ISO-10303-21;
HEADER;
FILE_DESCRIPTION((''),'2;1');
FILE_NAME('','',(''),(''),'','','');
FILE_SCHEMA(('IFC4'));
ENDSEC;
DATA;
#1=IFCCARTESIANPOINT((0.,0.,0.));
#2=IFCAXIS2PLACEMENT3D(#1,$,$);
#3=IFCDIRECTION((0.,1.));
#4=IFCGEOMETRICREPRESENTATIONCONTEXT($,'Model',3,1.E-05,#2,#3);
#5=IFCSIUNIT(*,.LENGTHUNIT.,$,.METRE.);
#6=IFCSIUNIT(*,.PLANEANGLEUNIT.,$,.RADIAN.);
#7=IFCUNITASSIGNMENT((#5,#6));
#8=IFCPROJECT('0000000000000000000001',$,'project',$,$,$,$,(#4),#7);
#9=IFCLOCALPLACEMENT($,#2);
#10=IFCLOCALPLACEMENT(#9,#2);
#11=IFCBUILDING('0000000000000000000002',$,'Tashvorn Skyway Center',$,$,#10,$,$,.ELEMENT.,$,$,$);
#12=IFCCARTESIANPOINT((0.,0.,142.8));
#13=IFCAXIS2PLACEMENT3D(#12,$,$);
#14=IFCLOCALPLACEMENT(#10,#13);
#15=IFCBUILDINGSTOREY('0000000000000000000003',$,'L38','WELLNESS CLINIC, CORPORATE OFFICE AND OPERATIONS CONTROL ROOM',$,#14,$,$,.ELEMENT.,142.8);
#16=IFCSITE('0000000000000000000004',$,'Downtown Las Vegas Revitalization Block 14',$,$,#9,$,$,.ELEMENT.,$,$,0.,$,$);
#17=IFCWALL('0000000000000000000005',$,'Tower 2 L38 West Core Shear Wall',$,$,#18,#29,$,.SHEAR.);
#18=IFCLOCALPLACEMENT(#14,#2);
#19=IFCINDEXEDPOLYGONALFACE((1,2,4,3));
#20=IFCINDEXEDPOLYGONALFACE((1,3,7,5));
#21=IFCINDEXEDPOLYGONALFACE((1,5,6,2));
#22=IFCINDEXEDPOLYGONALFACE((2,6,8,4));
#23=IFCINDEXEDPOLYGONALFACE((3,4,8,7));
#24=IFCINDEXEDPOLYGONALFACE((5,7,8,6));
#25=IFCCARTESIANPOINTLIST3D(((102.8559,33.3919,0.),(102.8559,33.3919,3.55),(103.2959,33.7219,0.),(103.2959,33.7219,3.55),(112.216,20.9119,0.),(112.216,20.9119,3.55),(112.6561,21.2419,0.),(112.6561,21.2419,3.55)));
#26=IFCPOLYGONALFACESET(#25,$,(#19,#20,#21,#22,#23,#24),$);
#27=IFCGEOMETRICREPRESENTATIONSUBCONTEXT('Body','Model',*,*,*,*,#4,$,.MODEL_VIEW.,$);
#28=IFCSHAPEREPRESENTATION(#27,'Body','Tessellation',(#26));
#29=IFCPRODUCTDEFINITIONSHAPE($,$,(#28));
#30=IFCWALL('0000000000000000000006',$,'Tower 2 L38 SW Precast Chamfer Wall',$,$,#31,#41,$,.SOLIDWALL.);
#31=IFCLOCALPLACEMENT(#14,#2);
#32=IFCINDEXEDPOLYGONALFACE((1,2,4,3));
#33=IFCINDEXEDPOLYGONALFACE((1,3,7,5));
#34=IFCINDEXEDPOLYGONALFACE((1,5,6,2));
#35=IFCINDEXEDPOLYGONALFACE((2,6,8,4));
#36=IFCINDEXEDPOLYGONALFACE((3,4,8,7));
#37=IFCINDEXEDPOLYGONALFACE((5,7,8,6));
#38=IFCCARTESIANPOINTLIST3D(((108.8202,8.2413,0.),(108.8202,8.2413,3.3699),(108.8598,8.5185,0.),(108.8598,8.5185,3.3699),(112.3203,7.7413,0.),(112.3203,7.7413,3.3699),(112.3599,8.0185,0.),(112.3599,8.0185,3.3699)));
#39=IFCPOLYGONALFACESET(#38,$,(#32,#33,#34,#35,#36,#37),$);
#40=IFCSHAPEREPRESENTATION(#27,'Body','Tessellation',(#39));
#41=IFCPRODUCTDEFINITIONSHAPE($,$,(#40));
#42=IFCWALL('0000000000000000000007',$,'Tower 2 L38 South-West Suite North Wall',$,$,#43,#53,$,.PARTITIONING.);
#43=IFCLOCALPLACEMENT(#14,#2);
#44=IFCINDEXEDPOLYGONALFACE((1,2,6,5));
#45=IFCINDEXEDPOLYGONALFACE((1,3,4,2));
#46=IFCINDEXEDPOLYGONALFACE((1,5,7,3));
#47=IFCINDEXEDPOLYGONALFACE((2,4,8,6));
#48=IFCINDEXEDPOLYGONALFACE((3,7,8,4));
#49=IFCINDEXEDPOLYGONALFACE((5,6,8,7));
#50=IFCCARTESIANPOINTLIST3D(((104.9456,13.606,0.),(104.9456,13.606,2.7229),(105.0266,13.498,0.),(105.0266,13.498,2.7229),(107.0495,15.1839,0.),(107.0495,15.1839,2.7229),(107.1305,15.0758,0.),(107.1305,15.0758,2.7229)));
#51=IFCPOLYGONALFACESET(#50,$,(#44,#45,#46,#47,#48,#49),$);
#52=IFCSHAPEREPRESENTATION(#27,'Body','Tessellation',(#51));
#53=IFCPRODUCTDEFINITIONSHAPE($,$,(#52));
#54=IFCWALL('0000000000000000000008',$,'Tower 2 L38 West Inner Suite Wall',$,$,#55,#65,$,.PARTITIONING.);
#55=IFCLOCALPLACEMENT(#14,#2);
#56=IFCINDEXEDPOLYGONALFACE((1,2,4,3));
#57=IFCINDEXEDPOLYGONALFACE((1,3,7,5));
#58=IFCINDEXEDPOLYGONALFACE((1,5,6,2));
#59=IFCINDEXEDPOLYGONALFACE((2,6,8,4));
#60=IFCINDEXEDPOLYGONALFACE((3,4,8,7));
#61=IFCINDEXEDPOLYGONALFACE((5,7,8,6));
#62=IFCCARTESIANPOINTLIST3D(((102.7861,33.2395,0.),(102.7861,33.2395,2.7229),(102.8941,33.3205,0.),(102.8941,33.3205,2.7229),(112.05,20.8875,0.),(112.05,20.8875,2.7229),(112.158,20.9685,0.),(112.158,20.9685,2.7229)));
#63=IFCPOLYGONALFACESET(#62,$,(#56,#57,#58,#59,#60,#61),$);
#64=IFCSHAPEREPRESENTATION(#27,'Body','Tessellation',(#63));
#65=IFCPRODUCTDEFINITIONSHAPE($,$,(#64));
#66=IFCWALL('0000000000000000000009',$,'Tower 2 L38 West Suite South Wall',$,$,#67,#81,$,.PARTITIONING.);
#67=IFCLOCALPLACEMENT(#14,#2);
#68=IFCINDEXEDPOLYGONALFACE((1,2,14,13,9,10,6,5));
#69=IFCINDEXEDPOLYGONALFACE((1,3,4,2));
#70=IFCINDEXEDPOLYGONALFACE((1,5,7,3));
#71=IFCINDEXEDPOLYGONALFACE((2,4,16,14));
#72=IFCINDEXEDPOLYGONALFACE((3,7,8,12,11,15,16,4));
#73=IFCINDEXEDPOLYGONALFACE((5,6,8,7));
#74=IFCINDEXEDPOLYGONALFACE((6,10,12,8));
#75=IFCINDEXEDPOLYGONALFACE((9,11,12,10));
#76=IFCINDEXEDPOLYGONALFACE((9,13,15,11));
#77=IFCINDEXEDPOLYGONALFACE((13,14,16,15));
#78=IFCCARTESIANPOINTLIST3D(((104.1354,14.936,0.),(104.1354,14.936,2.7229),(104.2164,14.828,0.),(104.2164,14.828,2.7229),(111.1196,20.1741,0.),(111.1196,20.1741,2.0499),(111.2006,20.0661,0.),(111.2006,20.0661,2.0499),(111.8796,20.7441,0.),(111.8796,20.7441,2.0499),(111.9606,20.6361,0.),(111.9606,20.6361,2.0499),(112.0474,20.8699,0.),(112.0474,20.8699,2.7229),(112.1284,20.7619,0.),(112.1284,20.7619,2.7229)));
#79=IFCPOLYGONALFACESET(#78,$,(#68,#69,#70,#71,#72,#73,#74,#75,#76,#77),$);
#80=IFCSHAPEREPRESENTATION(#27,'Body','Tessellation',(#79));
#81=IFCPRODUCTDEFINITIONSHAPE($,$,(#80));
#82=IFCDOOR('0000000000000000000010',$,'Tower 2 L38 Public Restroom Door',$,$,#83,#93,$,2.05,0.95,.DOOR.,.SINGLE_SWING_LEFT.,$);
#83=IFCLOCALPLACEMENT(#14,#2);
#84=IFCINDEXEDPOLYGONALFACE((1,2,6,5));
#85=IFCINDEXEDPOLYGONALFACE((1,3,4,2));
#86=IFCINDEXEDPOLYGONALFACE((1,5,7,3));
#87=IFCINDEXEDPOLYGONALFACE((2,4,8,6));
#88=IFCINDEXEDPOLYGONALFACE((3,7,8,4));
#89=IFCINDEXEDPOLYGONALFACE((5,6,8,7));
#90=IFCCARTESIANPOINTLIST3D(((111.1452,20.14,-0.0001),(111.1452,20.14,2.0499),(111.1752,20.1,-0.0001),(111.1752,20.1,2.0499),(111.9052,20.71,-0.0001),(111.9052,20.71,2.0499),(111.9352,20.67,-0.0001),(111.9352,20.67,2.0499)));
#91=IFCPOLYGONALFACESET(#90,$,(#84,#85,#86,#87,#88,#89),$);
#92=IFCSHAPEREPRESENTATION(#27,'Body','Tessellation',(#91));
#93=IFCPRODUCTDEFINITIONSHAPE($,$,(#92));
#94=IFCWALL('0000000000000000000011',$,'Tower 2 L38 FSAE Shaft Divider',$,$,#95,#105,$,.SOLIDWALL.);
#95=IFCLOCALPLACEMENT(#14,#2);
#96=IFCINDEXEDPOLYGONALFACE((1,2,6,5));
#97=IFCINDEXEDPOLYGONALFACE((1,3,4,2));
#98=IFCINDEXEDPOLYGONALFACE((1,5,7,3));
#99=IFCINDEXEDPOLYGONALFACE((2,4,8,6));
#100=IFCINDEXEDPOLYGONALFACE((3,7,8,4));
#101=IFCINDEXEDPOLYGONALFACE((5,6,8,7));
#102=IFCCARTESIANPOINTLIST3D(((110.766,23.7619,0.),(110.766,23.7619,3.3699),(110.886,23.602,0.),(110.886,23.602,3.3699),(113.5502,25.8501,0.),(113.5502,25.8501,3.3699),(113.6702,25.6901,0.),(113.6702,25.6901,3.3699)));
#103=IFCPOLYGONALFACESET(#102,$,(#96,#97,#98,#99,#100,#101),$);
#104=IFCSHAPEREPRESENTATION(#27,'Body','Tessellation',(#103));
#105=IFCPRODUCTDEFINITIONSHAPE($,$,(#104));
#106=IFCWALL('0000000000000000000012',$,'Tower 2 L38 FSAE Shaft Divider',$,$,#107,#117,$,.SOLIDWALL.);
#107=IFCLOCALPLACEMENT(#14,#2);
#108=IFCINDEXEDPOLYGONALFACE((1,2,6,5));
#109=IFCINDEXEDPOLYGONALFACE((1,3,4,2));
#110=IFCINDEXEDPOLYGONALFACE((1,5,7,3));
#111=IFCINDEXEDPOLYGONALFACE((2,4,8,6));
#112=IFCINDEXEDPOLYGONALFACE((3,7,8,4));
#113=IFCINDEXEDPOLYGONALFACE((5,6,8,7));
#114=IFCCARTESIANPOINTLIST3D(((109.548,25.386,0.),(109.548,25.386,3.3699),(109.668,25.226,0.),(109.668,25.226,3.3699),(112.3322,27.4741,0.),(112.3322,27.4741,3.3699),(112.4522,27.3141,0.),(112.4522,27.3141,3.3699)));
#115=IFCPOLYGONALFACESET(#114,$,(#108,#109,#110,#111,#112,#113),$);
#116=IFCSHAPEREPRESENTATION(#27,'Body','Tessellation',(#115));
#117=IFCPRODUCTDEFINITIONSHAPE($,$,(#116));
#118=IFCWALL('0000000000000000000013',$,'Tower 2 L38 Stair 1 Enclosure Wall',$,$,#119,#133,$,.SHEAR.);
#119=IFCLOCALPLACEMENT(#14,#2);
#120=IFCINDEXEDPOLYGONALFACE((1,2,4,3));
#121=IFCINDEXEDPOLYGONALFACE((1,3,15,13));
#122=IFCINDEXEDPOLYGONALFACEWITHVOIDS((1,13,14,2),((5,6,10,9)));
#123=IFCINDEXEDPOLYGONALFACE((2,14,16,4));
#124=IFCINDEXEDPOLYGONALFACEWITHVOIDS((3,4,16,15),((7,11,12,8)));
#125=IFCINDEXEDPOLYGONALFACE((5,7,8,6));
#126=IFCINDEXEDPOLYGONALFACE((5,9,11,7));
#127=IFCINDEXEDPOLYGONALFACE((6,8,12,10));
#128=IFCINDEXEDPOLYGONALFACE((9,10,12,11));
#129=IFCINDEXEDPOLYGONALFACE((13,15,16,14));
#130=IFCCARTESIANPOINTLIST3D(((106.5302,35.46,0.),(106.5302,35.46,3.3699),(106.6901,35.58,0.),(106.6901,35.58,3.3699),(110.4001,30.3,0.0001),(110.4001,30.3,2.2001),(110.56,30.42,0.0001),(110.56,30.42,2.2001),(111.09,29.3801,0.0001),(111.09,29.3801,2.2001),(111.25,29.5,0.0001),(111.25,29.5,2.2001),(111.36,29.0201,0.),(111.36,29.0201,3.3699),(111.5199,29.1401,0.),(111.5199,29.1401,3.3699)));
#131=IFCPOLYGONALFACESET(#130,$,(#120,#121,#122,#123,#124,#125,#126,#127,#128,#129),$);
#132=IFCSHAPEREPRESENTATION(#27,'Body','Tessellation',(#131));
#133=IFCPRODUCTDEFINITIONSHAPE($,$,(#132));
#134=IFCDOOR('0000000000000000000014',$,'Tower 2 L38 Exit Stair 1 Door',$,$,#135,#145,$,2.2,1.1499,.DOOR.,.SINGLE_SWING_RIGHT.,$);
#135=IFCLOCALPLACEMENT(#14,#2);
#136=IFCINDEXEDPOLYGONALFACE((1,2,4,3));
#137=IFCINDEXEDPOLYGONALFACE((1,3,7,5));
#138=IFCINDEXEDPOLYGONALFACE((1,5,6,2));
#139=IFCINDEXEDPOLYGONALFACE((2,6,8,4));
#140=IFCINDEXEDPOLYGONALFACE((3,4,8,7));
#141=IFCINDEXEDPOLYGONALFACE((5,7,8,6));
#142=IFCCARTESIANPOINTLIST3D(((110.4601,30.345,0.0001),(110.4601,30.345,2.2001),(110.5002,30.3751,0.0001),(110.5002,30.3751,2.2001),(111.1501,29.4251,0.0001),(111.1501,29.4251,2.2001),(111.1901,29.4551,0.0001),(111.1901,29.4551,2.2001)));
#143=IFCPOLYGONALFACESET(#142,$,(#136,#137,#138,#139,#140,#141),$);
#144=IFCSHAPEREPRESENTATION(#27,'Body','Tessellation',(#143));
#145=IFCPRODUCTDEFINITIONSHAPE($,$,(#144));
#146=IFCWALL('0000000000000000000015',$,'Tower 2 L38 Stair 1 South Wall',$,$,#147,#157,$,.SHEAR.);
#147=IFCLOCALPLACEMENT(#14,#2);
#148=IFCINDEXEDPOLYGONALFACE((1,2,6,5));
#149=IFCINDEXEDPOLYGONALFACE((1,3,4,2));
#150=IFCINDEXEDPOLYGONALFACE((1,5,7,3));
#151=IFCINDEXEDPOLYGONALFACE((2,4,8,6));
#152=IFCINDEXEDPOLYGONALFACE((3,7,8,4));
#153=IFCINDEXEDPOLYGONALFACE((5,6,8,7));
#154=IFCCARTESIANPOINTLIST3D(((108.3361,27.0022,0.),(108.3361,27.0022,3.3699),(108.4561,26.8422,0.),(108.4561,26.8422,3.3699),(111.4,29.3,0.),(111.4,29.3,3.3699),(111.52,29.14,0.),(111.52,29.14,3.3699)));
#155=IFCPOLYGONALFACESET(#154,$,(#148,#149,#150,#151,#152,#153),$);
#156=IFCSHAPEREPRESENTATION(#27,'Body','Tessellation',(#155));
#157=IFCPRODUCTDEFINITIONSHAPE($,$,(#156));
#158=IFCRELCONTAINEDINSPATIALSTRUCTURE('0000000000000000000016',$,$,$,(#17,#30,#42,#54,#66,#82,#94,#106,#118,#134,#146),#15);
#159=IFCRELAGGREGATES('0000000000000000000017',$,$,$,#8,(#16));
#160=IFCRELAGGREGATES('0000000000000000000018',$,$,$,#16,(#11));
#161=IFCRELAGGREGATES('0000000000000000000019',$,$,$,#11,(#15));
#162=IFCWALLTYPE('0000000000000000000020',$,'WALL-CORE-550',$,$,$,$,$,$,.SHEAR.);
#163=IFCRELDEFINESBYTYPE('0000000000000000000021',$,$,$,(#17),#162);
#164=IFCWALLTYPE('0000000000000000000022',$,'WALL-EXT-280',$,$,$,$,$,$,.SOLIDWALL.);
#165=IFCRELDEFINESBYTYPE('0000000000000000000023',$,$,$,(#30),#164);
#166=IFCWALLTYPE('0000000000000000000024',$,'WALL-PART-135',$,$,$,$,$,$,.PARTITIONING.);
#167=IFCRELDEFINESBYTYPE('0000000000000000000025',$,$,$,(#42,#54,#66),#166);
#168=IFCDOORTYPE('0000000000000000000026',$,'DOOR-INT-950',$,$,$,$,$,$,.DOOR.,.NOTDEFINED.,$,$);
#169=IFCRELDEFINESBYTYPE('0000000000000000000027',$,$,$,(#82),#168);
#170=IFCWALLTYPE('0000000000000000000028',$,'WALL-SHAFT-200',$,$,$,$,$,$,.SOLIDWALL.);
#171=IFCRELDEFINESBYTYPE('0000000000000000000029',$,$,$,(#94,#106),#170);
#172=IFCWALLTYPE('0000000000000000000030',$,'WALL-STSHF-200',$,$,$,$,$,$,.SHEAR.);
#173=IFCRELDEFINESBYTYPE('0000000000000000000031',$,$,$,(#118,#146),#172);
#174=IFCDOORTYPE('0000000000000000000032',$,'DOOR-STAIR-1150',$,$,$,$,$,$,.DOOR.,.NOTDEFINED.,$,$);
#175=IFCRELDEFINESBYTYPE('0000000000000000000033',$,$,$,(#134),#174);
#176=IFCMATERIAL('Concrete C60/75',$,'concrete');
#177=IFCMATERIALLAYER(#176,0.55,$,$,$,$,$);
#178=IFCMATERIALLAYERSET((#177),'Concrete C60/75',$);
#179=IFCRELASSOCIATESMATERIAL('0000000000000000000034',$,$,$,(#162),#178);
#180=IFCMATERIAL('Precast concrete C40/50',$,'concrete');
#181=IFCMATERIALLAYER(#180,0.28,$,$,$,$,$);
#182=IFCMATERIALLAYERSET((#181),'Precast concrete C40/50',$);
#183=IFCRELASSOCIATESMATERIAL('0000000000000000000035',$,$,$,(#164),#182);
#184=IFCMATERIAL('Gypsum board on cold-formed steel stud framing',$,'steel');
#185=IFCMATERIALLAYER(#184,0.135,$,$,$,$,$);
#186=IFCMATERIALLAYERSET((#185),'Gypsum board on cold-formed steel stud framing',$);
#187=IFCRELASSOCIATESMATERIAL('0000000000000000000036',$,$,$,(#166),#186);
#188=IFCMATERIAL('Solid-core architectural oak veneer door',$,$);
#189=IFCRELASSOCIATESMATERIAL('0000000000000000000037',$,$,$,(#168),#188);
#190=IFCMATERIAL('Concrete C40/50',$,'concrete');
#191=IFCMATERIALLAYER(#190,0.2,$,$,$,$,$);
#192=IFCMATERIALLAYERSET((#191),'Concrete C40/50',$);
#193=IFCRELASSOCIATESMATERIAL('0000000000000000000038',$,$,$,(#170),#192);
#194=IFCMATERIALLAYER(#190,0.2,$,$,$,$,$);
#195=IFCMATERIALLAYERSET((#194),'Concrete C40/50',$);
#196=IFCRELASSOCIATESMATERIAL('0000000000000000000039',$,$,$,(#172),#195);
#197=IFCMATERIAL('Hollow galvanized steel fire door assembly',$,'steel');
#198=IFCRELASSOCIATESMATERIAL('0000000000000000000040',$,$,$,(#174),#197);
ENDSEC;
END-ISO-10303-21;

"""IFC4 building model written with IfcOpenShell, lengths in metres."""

from ifc_helpers import new_model, si_unit, direction, frame, frame_2d, origin, place, context, subcontext, project, spatial, rectangle, extrude, material, layer, layer_set, type_object, element, fill, save


model = new_model("IFC4")

# Units and contexts
model_context = context("Model", 3, precision=1e-05, world=origin(), true_north=direction((0.0, 1.0)))
body_context = subcontext(model_context, "Body", "Model", "MODEL_VIEW")
ifc_project = project(units=[si_unit("LENGTHUNIT", "METRE"), si_unit("PLANEANGLEUNIT", "RADIAN")], contexts=[model_context])

# Site, building, storey
site_placement = place(None, origin())
site = spatial("IfcSite", under=ifc_project, at=site_placement, Name="Downtown Las Vegas Revitalization Block 14", CompositionType="ELEMENT", RefElevation=0.0)
building_placement = place(site_placement, origin())
building = spatial("IfcBuilding", under=site, at=building_placement, Name="Tashvorn Skyway Center", CompositionType="ELEMENT")
storey_placement = place(building_placement, frame((0.0, 0.0, 142.8)))
storey = spatial("IfcBuildingStorey", under=building, at=storey_placement, Name="L38", Description="WELLNESS CLINIC, CORPORATE OFFICE AND OPERATIONS CONTROL ROOM", CompositionType="ELEMENT", Elevation=142.8)

# Shared definitions
ifc_material_1 = material(Name="Concrete C60/75", Category="concrete")

# Walls
ifc_layer_1 = layer(ifc_material_1, 0.55)
ifc_layer_set_1 = layer_set([ifc_layer_1], Name="Concrete C60/75")
wall_type_1 = type_object("IfcWallType", Name="WALL-CORE-550", PredefinedType="SHEAR", material=ifc_layer_set_1)
wall_1_placement = place(storey_placement, frame((112.436, 21.0769, 0.0), z_axis=(0.0, 0.0, 1.0), x_axis=(-0.600005, 0.799996, 0.0)))
element("IfcWall", 1, at=wall_1_placement, inside=storey, type_object=wall_type_1, Name="Tower 2 L38 West Core Shear Wall", PredefinedType="SHEAR", context=body_context, shape_type="SweptSolid", body=[
    extrude(rectangle(XDim=15.6001, YDim=0.55, at=frame_2d((7.8, 0.0))), origin(), (0.0, 0.0, 1.0), 3.55),
])
ifc_material_2 = material(Name="Precast concrete C40/50", Category="concrete")
ifc_layer_2 = layer(ifc_material_2, 0.28)
ifc_layer_set_2 = layer_set([ifc_layer_2], Name="Precast concrete C40/50")
wall_type_2 = type_object("IfcWallType", Name="WALL-EXT-280", PredefinedType="SOLIDWALL", material=ifc_layer_set_2)
wall_2_placement = place(storey_placement, frame((112.3401, 7.8799, 0.0), z_axis=(0.0, 0.0, 1.0), x_axis=(-0.989949, 0.141421, 0.0)))
element("IfcWall", 2, at=wall_2_placement, inside=storey, type_object=wall_type_2, Name="Tower 2 L38 SW Precast Chamfer Wall", PredefinedType="SOLIDWALL", context=body_context, shape_type="SweptSolid", body=[
    extrude(rectangle(XDim=3.5356, YDim=0.28, at=frame_2d((1.7678, 0.0))), origin(), (0.0, 0.0, 1.0), 3.3699),
])
ifc_material_3 = material(Name="Gypsum board on cold-formed steel stud framing", Category="steel")
ifc_layer_3 = layer(ifc_material_3, 0.135)
ifc_layer_set_3 = layer_set([ifc_layer_3], Name="Gypsum board on cold-formed steel stud framing")
wall_type_3 = type_object("IfcWallType", Name="WALL-PART-135", PredefinedType="PARTITIONING", material=ifc_layer_set_3)
wall_3_placement = place(storey_placement, frame((104.9861, 13.552, 0.0), z_axis=(0.0, 0.0, 1.0), x_axis=(0.800022, 0.59997, 0.0)))
element("IfcWall", 3, at=wall_3_placement, inside=storey, type_object=wall_type_3, Name="Tower 2 L38 South-West Suite North Wall", PredefinedType="PARTITIONING", context=body_context, shape_type="SweptSolid", body=[
    extrude(rectangle(XDim=2.6299, YDim=0.135, at=frame_2d((1.3149, 0.0))), origin(), (0.0, 0.0, 1.0), 2.7229),
])
wall_4_placement = place(storey_placement, frame((112.104, 20.928, 0.0), z_axis=(0.0, 0.0, 1.0), x_axis=(-0.599995, 0.800004, 0.0)))
element("IfcWall", 4, at=wall_4_placement, inside=storey, type_object=wall_type_3, Name="Tower 2 L38 West Inner Suite Wall", PredefinedType="PARTITIONING", context=body_context, shape_type="SweptSolid", body=[
    extrude(rectangle(XDim=15.4399, YDim=0.135, at=frame_2d((7.72, 0.0))), origin(), (0.0, 0.0, 1.0), 2.7229),
])

# Wall, opening, door
wall_5_placement = place(storey_placement, frame((104.176, 14.8821, 0.0), z_axis=(0.0, 0.0, 1.0), x_axis=(0.800003, 0.599996, 0.0)))
wall_5 = element("IfcWall", 5, at=wall_5_placement, inside=storey, type_object=wall_type_3, Name="Tower 2 L38 West Suite South Wall", PredefinedType="PARTITIONING", context=body_context, shape_type="SweptSolid", body=[
    extrude(rectangle(XDim=9.8899, YDim=0.135, at=frame_2d((4.9448, 0.0))), origin(), (0.0, 0.0, 1.0), 2.7229),
])
opening_1_placement = place(wall_5_placement, frame((8.73, 0.0, 0.0)))
opening_1 = element("IfcOpeningElement", 6, at=opening_1_placement, cuts=wall_5, PredefinedType="OPENING", context=body_context, shape_type="SweptSolid", body=[
    extrude(rectangle(XDim=0.95, YDim=2.05, at=frame_2d((0.4751, 1.0249))), frame((0.0, 0.0774, 0.0), z_axis=(0.0, -1.0, 0.0), x_axis=(1.0, 0.0, 0.0)), (0.0, 0.0, 1.0), 0.155),
])
ifc_material_4 = material(Name="Solid-core architectural oak veneer door")
door_type_1 = type_object("IfcDoorType", Name="DOOR-INT-950", OperationType="NOTDEFINED", PredefinedType="DOOR", material=ifc_material_4)
door_1_placement = place(opening_1_placement, origin())
door_1 = element("IfcDoor", 7, at=door_1_placement, inside=storey, type_object=door_type_1, Name="Tower 2 L38 Public Restroom Door", OperationType="SINGLE_SWING_LEFT", OverallHeight=2.05, OverallWidth=0.95, PredefinedType="DOOR", context=body_context, shape_type="SweptSolid", body=[
    extrude(rectangle(XDim=0.95, YDim=2.05, at=frame_2d((0.4751, 1.0249))), frame((0.0, 0.0249, 0.0), z_axis=(0.0, -1.0, 0.0), x_axis=(1.0, 0.0, 0.0)), (0.0, 0.0, 1.0), 0.05),
])
fill(opening_1, door_1)

# Walls
ifc_material_5 = material(Name="Concrete C40/50", Category="concrete")
ifc_layer_4 = layer(ifc_material_5, 0.2)
ifc_layer_set_4 = layer_set([ifc_layer_4], Name="Concrete C40/50")
wall_type_4 = type_object("IfcWallType", Name="WALL-SHAFT-200", PredefinedType="SOLIDWALL", material=ifc_layer_set_4)
for number, where, z_axis, x_axis, name in (
    (8, (110.8259, 23.6819, 0.0), (0.0, 0.0, 1.0), (0.8, 0.6, 0.0), "Tower 2 L38 FSAE Shaft Divider"),
    (9, (109.6079, 25.3059, 0.0), (0.0, 0.0, 1.0), (0.8, 0.6, 0.0), "Tower 2 L38 FSAE Shaft Divider"),
):
    element("IfcWall", number, at=place(storey_placement, frame(where, z_axis=z_axis, x_axis=x_axis)), inside=storey, type_object=wall_type_4, Name=name, PredefinedType="SOLIDWALL", context=body_context, shape_type="SweptSolid", body=[
        extrude(rectangle(XDim=3.4802, YDim=0.2, at=frame_2d((1.7402, 0.0))), origin(), (0.0, 0.0, 1.0), 3.3699),
    ])

# Wall, opening, door
ifc_layer_5 = layer(ifc_material_5, 0.2)
ifc_layer_set_5 = layer_set([ifc_layer_5], Name="Concrete C40/50")
wall_type_5 = type_object("IfcWallType", Name="WALL-STSHF-200", PredefinedType="SHEAR", material=ifc_layer_set_5)
wall_6_placement = place(storey_placement, frame((111.4399, 29.0801, 0.0), z_axis=(0.0, 0.0, 1.0), x_axis=(-0.59999, 0.800007, 0.0)))
wall_6 = element("IfcWall", 10, at=wall_6_placement, inside=storey, type_object=wall_type_5, Name="Tower 2 L38 Stair 1 Enclosure Wall", PredefinedType="SHEAR", context=body_context, shape_type="SweptSolid", body=[
    extrude(rectangle(XDim=8.0498, YDim=0.2, at=frame_2d((4.0249, 0.0))), origin(), (0.0, 0.0, 1.0), 3.3699),
])
opening_2_placement = place(wall_6_placement, frame((0.45, 0.0, 0.0)))
opening_2 = element("IfcOpeningElement", 11, at=opening_2_placement, cuts=wall_6, PredefinedType="OPENING", context=body_context, shape_type="SweptSolid", body=[
    extrude(rectangle(XDim=1.1499, YDim=2.2, at=frame_2d((0.575, 1.1001))), frame((0.0, 0.1099, 0.0), z_axis=(0.0, -1.0, 0.0), x_axis=(1.0, 0.0, 0.0)), (0.0, 0.0, 1.0), 0.22),
])
ifc_material_6 = material(Name="Hollow galvanized steel fire door assembly", Category="steel")
door_type_2 = type_object("IfcDoorType", Name="DOOR-STAIR-1150", OperationType="NOTDEFINED", PredefinedType="DOOR", material=ifc_material_6)
door_2_placement = place(opening_2_placement, origin())
door_2 = element("IfcDoor", 12, at=door_2_placement, inside=storey, type_object=door_type_2, Name="Tower 2 L38 Exit Stair 1 Door", OperationType="SINGLE_SWING_RIGHT", OverallHeight=2.2, OverallWidth=1.1499, PredefinedType="DOOR", context=body_context, shape_type="SweptSolid", body=[
    extrude(rectangle(XDim=1.1499, YDim=2.2, at=frame_2d((0.575, 1.1001))), frame((0.0, 0.0249, 0.0), z_axis=(0.0, -1.0, 0.0), x_axis=(1.0, 0.0, 0.0)), (0.0, 0.0, 1.0), 0.05),
])
fill(opening_2, door_2)

# Wall
wall_7_placement = place(storey_placement, frame((108.396, 26.9221, 0.0), z_axis=(0.0, 0.0, 1.0), x_axis=(0.800015, 0.59998, 0.0)))
element("IfcWall", 13, at=wall_7_placement, inside=storey, type_object=wall_type_5, Name="Tower 2 L38 Stair 1 South Wall", PredefinedType="SHEAR", context=body_context, shape_type="SweptSolid", body=[
    extrude(rectangle(XDim=3.8298, YDim=0.2, at=frame_2d((1.915, 0.0))), origin(), (0.0, 0.0, 1.0), 3.3699),
])

save(model, "model.ifc")
